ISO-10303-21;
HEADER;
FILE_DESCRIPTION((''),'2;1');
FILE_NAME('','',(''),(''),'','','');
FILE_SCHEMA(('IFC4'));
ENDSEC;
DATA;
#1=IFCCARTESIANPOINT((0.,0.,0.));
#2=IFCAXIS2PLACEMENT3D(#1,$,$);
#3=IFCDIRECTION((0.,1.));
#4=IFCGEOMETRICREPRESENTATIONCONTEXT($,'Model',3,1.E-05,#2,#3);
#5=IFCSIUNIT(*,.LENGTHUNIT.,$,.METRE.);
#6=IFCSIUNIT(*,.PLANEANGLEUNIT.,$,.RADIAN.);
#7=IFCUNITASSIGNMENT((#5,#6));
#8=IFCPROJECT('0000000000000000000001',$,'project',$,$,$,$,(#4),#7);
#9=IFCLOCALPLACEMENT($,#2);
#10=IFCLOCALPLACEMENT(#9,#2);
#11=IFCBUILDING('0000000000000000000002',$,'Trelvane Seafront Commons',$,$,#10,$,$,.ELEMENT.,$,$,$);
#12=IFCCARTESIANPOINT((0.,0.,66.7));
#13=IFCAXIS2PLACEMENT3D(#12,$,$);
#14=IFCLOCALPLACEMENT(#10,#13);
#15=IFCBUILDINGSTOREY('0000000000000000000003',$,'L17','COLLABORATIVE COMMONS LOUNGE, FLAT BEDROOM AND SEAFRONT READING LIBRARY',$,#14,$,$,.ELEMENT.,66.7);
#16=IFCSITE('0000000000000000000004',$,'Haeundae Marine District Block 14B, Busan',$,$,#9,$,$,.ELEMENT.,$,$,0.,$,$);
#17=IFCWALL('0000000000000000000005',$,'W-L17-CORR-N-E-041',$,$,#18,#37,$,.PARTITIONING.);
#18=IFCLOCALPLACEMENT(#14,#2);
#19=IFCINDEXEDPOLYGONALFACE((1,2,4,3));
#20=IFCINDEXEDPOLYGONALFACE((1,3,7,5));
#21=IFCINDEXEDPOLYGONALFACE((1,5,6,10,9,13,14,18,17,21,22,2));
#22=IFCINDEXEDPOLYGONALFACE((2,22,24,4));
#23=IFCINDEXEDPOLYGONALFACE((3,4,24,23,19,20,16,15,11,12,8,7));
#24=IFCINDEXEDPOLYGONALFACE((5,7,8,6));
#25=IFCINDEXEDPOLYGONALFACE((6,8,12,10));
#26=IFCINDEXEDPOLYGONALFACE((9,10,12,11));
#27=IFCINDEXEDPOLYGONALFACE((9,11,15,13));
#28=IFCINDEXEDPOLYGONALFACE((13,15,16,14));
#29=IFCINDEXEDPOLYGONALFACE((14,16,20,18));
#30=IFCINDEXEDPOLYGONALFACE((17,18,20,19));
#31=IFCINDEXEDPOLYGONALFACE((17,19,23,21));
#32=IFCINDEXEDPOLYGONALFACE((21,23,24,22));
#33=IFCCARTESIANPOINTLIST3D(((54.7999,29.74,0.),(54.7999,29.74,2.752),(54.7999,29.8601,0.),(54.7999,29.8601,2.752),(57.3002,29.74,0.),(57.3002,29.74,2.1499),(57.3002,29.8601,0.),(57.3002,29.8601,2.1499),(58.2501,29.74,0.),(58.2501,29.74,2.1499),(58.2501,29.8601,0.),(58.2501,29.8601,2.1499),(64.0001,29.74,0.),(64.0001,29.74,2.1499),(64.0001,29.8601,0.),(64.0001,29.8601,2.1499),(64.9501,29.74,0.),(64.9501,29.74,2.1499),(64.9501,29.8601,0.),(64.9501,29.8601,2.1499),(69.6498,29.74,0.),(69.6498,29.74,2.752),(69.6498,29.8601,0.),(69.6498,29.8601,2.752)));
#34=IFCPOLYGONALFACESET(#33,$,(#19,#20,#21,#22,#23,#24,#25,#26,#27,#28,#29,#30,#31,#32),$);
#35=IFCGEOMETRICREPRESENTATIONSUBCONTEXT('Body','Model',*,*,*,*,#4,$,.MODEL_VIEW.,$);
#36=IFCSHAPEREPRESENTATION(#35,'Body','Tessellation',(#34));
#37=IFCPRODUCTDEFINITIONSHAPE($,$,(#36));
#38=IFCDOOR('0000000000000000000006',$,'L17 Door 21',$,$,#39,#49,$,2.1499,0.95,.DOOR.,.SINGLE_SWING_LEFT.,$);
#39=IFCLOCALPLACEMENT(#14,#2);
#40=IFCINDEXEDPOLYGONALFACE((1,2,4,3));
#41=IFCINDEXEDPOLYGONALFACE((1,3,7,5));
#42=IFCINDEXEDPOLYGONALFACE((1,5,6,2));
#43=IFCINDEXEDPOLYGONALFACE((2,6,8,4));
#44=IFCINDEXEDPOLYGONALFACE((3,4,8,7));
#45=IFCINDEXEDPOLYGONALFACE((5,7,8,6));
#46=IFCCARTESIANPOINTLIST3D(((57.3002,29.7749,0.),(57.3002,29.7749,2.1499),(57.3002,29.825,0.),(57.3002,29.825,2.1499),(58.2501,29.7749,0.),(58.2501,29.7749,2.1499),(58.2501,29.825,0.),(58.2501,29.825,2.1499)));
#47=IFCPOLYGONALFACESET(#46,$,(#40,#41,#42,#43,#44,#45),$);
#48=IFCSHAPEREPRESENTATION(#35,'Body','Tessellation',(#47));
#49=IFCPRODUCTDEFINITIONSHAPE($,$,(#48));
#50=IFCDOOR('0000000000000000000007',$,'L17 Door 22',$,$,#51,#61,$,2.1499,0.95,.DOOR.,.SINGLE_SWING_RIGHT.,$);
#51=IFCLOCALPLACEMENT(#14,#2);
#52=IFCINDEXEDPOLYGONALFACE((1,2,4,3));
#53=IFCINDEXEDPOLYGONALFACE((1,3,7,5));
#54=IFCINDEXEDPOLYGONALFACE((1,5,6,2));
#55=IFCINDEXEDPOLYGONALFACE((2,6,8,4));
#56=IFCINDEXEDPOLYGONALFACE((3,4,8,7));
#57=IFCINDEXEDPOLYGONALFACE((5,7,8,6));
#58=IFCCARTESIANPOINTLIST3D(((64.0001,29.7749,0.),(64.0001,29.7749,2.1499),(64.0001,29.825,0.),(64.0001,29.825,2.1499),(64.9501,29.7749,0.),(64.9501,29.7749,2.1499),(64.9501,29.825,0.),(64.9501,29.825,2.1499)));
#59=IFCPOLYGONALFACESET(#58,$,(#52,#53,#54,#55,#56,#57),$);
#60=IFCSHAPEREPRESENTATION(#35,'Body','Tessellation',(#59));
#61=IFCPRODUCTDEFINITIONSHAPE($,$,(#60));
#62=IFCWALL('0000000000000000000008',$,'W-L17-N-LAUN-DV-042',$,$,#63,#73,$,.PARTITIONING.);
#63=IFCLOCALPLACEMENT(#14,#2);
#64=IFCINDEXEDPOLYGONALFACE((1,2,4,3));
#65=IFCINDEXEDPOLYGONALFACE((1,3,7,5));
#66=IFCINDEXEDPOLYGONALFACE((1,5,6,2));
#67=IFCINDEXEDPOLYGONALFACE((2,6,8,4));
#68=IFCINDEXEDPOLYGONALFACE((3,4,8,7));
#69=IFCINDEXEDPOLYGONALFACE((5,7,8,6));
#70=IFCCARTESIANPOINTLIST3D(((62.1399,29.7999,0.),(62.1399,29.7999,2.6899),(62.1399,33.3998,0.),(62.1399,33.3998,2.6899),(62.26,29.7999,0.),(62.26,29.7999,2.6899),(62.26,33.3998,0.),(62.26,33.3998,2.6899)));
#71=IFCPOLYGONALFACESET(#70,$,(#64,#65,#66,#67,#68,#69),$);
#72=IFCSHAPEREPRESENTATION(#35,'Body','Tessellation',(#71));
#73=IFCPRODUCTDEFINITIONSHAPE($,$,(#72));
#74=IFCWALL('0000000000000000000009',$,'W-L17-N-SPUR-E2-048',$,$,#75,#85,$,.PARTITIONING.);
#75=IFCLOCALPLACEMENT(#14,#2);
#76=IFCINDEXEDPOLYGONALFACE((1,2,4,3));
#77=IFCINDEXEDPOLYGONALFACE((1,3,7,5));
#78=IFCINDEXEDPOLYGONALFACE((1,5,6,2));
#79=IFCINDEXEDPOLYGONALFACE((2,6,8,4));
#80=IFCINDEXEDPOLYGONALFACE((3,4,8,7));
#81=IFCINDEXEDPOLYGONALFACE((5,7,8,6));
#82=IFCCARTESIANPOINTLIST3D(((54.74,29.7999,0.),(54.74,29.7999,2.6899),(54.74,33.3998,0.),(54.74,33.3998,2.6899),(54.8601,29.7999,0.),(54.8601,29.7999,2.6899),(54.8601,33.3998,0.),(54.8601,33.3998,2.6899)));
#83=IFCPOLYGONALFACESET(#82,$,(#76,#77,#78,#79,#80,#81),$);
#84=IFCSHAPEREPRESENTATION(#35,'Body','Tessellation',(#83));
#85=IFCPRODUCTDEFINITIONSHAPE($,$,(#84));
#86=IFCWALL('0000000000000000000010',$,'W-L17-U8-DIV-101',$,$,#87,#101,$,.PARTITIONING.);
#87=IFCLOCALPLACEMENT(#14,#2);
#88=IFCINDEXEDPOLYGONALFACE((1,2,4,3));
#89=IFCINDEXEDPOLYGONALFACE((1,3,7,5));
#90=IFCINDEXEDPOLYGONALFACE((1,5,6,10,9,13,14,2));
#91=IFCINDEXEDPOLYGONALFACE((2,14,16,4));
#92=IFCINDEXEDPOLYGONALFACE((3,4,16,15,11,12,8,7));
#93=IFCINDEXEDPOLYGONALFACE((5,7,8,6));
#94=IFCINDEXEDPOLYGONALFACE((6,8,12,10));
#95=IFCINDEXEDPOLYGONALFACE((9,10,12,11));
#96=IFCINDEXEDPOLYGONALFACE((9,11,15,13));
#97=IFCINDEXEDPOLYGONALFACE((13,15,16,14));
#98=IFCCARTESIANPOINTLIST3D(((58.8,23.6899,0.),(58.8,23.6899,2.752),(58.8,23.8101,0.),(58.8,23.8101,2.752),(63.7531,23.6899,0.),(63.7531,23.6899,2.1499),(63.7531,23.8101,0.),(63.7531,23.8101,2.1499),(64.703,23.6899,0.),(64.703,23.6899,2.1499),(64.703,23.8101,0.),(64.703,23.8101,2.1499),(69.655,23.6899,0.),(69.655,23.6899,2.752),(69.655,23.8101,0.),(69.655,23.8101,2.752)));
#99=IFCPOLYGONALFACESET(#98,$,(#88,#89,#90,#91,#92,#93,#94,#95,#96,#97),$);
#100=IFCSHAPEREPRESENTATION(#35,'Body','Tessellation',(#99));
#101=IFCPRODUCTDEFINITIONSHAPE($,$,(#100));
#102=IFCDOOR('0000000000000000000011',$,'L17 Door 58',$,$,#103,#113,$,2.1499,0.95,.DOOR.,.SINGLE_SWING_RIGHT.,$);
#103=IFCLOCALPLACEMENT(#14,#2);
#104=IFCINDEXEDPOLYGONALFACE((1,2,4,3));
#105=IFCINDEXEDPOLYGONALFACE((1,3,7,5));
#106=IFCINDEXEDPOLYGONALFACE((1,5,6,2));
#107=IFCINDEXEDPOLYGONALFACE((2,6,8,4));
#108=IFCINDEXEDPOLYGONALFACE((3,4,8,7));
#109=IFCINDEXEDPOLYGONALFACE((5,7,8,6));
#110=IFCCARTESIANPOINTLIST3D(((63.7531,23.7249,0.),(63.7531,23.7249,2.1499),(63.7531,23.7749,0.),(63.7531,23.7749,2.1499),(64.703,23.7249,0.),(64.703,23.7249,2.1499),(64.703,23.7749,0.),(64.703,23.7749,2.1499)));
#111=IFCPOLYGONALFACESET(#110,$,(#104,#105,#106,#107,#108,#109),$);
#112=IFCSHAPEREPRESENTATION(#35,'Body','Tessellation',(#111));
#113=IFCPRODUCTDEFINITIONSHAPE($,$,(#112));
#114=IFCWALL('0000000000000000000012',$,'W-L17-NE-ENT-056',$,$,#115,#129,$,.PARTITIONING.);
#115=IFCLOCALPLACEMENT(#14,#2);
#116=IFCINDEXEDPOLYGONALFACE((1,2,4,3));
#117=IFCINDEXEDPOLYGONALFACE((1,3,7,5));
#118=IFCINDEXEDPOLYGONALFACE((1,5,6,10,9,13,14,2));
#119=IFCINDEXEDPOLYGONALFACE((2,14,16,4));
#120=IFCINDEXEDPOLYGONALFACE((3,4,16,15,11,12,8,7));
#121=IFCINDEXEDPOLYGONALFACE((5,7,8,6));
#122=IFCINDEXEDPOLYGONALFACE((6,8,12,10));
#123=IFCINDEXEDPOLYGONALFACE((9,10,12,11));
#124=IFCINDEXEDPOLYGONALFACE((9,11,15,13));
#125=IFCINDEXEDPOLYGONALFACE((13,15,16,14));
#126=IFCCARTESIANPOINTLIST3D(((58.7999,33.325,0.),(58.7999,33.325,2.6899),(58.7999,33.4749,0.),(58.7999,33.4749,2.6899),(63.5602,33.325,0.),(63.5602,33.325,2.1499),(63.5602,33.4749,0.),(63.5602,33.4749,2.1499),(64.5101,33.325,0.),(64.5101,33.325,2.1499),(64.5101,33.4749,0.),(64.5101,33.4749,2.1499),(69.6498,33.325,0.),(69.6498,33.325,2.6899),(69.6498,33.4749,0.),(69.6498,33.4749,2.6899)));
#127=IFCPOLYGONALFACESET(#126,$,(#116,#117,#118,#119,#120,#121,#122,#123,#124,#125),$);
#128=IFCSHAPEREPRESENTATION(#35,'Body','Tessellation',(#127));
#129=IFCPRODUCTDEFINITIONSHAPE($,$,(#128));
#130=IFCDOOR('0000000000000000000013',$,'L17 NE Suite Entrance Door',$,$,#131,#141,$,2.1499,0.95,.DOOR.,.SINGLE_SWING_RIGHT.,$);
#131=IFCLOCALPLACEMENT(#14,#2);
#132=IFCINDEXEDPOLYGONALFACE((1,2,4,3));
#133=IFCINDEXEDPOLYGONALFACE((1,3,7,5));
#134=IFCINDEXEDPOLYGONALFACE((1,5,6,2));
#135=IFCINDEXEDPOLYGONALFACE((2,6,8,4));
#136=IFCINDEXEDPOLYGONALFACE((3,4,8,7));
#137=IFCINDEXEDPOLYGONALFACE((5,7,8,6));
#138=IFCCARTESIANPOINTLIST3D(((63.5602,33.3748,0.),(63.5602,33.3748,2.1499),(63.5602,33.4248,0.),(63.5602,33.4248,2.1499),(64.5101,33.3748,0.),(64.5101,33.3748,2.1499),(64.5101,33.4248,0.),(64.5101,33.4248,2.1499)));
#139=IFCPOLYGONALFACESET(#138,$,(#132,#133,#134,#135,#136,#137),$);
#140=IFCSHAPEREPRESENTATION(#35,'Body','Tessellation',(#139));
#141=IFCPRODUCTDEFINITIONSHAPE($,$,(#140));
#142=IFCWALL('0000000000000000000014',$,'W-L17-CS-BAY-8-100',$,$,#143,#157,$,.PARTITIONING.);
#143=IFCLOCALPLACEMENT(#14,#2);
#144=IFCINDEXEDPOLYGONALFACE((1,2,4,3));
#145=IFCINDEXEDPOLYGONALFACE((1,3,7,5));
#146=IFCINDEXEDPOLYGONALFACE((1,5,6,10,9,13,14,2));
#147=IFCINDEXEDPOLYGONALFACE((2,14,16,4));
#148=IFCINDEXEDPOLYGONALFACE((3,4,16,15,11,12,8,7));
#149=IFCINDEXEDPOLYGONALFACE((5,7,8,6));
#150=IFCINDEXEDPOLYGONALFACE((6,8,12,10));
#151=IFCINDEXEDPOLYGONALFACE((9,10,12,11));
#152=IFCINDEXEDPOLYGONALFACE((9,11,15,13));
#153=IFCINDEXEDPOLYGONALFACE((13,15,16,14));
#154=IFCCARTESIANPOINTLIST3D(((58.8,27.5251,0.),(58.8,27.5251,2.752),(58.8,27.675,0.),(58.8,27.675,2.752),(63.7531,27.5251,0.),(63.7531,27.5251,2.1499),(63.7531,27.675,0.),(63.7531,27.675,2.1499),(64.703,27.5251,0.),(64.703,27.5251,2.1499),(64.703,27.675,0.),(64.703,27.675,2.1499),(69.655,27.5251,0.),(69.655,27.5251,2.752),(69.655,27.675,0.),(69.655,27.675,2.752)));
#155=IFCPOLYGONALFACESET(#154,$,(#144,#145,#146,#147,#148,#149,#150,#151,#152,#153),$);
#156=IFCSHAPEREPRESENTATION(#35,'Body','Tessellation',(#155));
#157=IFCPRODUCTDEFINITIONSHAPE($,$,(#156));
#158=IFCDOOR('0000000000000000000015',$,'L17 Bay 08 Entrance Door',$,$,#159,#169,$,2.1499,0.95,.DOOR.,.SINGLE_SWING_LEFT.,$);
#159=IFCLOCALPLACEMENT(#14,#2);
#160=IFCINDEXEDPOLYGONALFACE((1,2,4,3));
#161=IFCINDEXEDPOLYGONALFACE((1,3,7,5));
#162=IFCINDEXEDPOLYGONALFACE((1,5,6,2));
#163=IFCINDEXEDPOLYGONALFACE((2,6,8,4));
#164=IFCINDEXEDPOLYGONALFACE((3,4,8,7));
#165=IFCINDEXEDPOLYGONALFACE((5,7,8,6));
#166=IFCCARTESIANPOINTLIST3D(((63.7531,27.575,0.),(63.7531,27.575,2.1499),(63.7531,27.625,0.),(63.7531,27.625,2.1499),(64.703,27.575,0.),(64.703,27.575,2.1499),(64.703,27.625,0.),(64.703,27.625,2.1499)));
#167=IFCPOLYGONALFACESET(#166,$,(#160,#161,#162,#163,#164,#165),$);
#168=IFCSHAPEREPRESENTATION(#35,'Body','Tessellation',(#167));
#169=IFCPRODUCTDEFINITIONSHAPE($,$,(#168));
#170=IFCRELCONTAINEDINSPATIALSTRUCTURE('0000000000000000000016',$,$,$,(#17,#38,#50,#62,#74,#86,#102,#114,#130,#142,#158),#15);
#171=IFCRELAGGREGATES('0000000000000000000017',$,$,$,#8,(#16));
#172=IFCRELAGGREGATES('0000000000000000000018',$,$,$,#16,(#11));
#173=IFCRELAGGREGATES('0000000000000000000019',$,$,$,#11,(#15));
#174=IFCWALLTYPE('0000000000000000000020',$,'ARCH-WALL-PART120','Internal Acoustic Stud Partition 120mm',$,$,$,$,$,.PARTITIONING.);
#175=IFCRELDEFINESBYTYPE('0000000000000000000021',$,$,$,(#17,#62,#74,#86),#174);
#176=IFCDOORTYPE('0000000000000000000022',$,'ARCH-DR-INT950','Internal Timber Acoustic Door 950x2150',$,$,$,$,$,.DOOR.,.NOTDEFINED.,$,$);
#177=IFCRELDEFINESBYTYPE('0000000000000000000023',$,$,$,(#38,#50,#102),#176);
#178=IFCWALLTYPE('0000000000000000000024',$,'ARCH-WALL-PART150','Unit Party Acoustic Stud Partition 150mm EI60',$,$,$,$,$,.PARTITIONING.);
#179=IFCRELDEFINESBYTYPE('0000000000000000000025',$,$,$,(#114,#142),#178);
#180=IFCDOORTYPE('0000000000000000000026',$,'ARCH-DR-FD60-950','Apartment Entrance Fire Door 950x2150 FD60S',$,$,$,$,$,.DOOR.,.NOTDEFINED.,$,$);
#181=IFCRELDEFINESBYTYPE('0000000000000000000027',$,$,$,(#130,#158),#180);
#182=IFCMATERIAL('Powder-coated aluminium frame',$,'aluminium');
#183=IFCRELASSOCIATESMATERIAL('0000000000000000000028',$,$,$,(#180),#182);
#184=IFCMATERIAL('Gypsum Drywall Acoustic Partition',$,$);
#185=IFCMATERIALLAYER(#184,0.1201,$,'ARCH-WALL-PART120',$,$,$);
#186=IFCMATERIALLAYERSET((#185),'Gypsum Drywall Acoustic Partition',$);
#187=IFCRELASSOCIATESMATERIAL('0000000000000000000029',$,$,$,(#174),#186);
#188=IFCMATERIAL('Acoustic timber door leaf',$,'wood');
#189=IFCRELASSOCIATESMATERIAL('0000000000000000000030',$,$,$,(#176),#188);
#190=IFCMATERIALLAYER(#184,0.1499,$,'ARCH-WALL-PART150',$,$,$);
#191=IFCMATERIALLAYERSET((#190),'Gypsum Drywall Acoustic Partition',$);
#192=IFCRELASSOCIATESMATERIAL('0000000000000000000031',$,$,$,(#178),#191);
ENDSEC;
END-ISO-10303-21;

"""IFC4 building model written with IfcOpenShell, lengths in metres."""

from ifc_helpers import new_model, si_unit, direction, frame, frame_2d, origin, place, context, subcontext, project, spatial, rectangle, extrude, source, transform, mapped, material, layer, layer_set, type_object, element, fill, save


model = new_model("IFC4")

# Units and contexts
model_context = context("Model", 3, precision=1e-05, world=origin(), true_north=direction((0.0, 1.0)))
body_context = subcontext(model_context, "Body", "Model", "MODEL_VIEW")
ifc_project = project(units=[si_unit("LENGTHUNIT", "METRE"), si_unit("PLANEANGLEUNIT", "RADIAN")], contexts=[model_context])

# Site, building, storey
site_placement = place(None, origin())
site = spatial("IfcSite", under=ifc_project, at=site_placement, Name="Haeundae Marine District Block 14B, Busan", CompositionType="ELEMENT", RefElevation=0.0)
building_placement = place(site_placement, origin())
building = spatial("IfcBuilding", under=site, at=building_placement, Name="Trelvane Seafront Commons", CompositionType="ELEMENT")
storey_placement = place(building_placement, frame((0.0, 0.0, 66.7)))
storey = spatial("IfcBuildingStorey", under=building, at=storey_placement, Name="L17", Description="COLLABORATIVE COMMONS LOUNGE, FLAT BEDROOM AND SEAFRONT READING LIBRARY", CompositionType="ELEMENT", Elevation=66.7)

# Shared definitions
ifc_material_1 = material(Name="Powder-coated aluminium frame", Category="aluminium")
door_type_1 = type_object("IfcDoorType", Name="ARCH-DR-FD60-950", Description="Apartment Entrance Fire Door 950x2150 FD60S", OperationType="NOTDEFINED", PredefinedType="DOOR", material=ifc_material_1)
shared_shape_1 = source(origin(), body_context, "Body", "SweptSolid", [
    extrude(rectangle(XDim=0.95, YDim=2.1499, at=frame_2d((0.4751, 1.075))), frame((0.0, 0.0249, 0.0), z_axis=(0.0, -1.0, 0.0), x_axis=(1.0, 0.0, 0.0)), (0.0, 0.0, 1.0), 0.05),
])

# Wall, openings, doors
ifc_material_2 = material(Name="Gypsum Drywall Acoustic Partition")
ifc_layer_1 = layer(ifc_material_2, 0.1201, Name="ARCH-WALL-PART120")
ifc_layer_set_1 = layer_set([ifc_layer_1], Name="Gypsum Drywall Acoustic Partition")
wall_type_1 = type_object("IfcWallType", Name="ARCH-WALL-PART120", Description="Internal Acoustic Stud Partition 120mm", PredefinedType="PARTITIONING", material=ifc_layer_set_1)
wall_1_placement = place(storey_placement, frame((54.8, 29.8, 0.0), z_axis=(0.0, 0.0, 1.0), x_axis=(1.0, 0.0, 0.0)))
wall_1 = element("IfcWall", 1, at=wall_1_placement, inside=storey, type_object=wall_type_1, Name="W-L17-CORR-N-E-041", PredefinedType="PARTITIONING", context=body_context, shape_type="SweptSolid", body=[
    extrude(rectangle(XDim=14.8499, YDim=0.1201, at=frame_2d((7.4248, 0.0))), origin(), (0.0, 0.0, 1.0), 2.752),
])
opening_1_placement = place(wall_1_placement, frame((2.5, 0.0, 0.0)))
opening_1 = element("IfcOpeningElement", 2, at=opening_1_placement, cuts=wall_1, PredefinedType="OPENING", context=body_context, shape_type="SweptSolid", body=[
    extrude(rectangle(XDim=0.95, YDim=2.1499, at=frame_2d((0.4751, 1.075))), frame((0.0, 0.0701, 0.0), z_axis=(0.0, -1.0, 0.0), x_axis=(1.0, 0.0, 0.0)), (0.0, 0.0, 1.0), 0.1401),
])
opening_2_placement = place(wall_1_placement, frame((9.2, 0.0, 0.0)))
opening_2 = element("IfcOpeningElement", 3, at=opening_2_placement, cuts=wall_1, PredefinedType="OPENING", context=body_context, shape_type="SweptSolid", body=[
    extrude(rectangle(XDim=0.95, YDim=2.1499, at=frame_2d((0.4751, 1.075))), frame((0.0, 0.0701, 0.0), z_axis=(0.0, -1.0, 0.0), x_axis=(1.0, 0.0, 0.0)), (0.0, 0.0, 1.0), 0.1401),
])
ifc_material_3 = material(Name="Acoustic timber door leaf", Category="wood")
door_type_2 = type_object("IfcDoorType", Name="ARCH-DR-INT950", Description="Internal Timber Acoustic Door 950x2150", OperationType="NOTDEFINED", PredefinedType="DOOR", material=ifc_material_3)
door_1_placement = place(opening_1_placement, origin())
door_1 = element("IfcDoor", 4, at=door_1_placement, inside=storey, type_object=door_type_2, Name="L17 Door 21", OperationType="SINGLE_SWING_LEFT", OverallHeight=2.1499, OverallWidth=0.95, PredefinedType="DOOR", context=body_context, shape_type="MappedRepresentation", body=[
    mapped(shared_shape_1, transform((0.0, 0.0, 0.0), x_axis=(1.0, 0.0, 0.0), y_axis=(0.0, 1.0, 0.0), z_axis=(0.0, 0.0, 1.0), scale=1.0)),
])
fill(opening_1, door_1)
door_2_placement = place(opening_2_placement, origin())
door_2 = element("IfcDoor", 5, at=door_2_placement, inside=storey, type_object=door_type_2, Name="L17 Door 22", OperationType="SINGLE_SWING_RIGHT", OverallHeight=2.1499, OverallWidth=0.95, PredefinedType="DOOR", context=body_context, shape_type="MappedRepresentation", body=[
    mapped(shared_shape_1, transform((0.0, 0.0, 0.0), x_axis=(1.0, 0.0, 0.0), y_axis=(0.0, 1.0, 0.0), z_axis=(0.0, 0.0, 1.0), scale=1.0)),
])
fill(opening_2, door_2)

# Walls
for number, where, z_axis, x_axis, name in (
    (6, (62.2, 29.8, 0.0), (0.0, 0.0, 1.0), (0.0, 1.0, 0.0), "W-L17-N-LAUN-DV-042"),
    (7, (54.8, 29.8, 0.0), (0.0, 0.0, 1.0), (0.0, 1.0, 0.0), "W-L17-N-SPUR-E2-048"),
):
    element("IfcWall", number, at=place(storey_placement, frame(where, z_axis=z_axis, x_axis=x_axis)), inside=storey, type_object=wall_type_1, Name=name, PredefinedType="PARTITIONING", context=body_context, shape_type="SweptSolid", body=[
        extrude(rectangle(XDim=3.5999, YDim=0.1201, at=frame_2d((1.7998, 0.0))), origin(), (0.0, 0.0, 1.0), 2.6899),
    ])

# Walls, openings, doors
wall_2_placement = place(storey_placement, frame((58.8, 23.75, 0.0), z_axis=(0.0, 0.0, 1.0), x_axis=(1.0, 0.0, 0.0)))
wall_2 = element("IfcWall", 8, at=wall_2_placement, inside=storey, type_object=wall_type_1, Name="W-L17-U8-DIV-101", PredefinedType="PARTITIONING", context=body_context, shape_type="SweptSolid", body=[
    extrude(rectangle(XDim=10.855, YDim=0.1201, at=frame_2d((5.4275, 0.0))), origin(), (0.0, 0.0, 1.0), 2.752),
])
opening_3_placement = place(wall_2_placement, frame((4.9529, 0.0, 0.0)))
opening_3 = element("IfcOpeningElement", 9, at=opening_3_placement, cuts=wall_2, PredefinedType="OPENING", context=body_context, shape_type="SweptSolid", body=[
    extrude(rectangle(XDim=0.95, YDim=2.1499, at=frame_2d((0.4751, 1.075))), frame((0.0, 0.0701, 0.0), z_axis=(0.0, -1.0, 0.0), x_axis=(1.0, 0.0, 0.0)), (0.0, 0.0, 1.0), 0.1401),
])
door_3_placement = place(opening_3_placement, origin())
door_3 = element("IfcDoor", 10, at=door_3_placement, inside=storey, type_object=door_type_2, Name="L17 Door 58", OperationType="SINGLE_SWING_RIGHT", OverallHeight=2.1499, OverallWidth=0.95, PredefinedType="DOOR", context=body_context, shape_type="MappedRepresentation", body=[
    mapped(shared_shape_1, transform((0.0, 0.0, 0.0), x_axis=(1.0, 0.0, 0.0), y_axis=(0.0, 1.0, 0.0), z_axis=(0.0, 0.0, 1.0), scale=1.0)),
])
fill(opening_3, door_3)
ifc_layer_2 = layer(ifc_material_2, 0.1499, Name="ARCH-WALL-PART150")
ifc_layer_set_2 = layer_set([ifc_layer_2], Name="Gypsum Drywall Acoustic Partition")
wall_type_2 = type_object("IfcWallType", Name="ARCH-WALL-PART150", Description="Unit Party Acoustic Stud Partition 150mm EI60", PredefinedType="PARTITIONING", material=ifc_layer_set_2)
wall_3_placement = place(storey_placement, frame((58.8, 33.3999, 0.0), z_axis=(0.0, 0.0, 1.0), x_axis=(1.0, 0.0, 0.0)))
wall_3 = element("IfcWall", 11, at=wall_3_placement, inside=storey, type_object=wall_type_2, Name="W-L17-NE-ENT-056", PredefinedType="PARTITIONING", context=body_context, shape_type="SweptSolid", body=[
    extrude(rectangle(XDim=10.8499, YDim=0.1499, at=frame_2d((5.4248, 0.0))), origin(), (0.0, 0.0, 1.0), 2.6899),
])
opening_4_placement = place(wall_3_placement, frame((4.76, 0.0, 0.0)))
opening_4 = element("IfcOpeningElement", 12, at=opening_4_placement, cuts=wall_3, PredefinedType="OPENING", context=body_context, shape_type="SweptSolid", body=[
    extrude(rectangle(XDim=0.95, YDim=2.1499, at=frame_2d((0.4751, 1.075))), frame((0.0, 0.085, 0.0), z_axis=(0.0, -1.0, 0.0), x_axis=(1.0, 0.0, 0.0)), (0.0, 0.0, 1.0), 0.1699),
])
door_4_placement = place(opening_4_placement, origin())
door_4 = element("IfcDoor", 13, at=door_4_placement, inside=storey, type_object=door_type_1, Name="L17 NE Suite Entrance Door", OperationType="SINGLE_SWING_RIGHT", OverallHeight=2.1499, OverallWidth=0.95, PredefinedType="DOOR", context=body_context, shape_type="MappedRepresentation", body=[
    mapped(shared_shape_1, transform((0.0, 0.0, 0.0), x_axis=(1.0, 0.0, 0.0), y_axis=(0.0, 1.0, 0.0), z_axis=(0.0, 0.0, 1.0), scale=1.0)),
])
fill(opening_4, door_4)
wall_4_placement = place(storey_placement, frame((58.8, 27.6001, 0.0), z_axis=(0.0, 0.0, 1.0), x_axis=(1.0, 0.0, 0.0)))
wall_4 = element("IfcWall", 14, at=wall_4_placement, inside=storey, type_object=wall_type_2, Name="W-L17-CS-BAY-8-100", PredefinedType="PARTITIONING", context=body_context, shape_type="SweptSolid", body=[
    extrude(rectangle(XDim=10.855, YDim=0.1499, at=frame_2d((5.4275, 0.0))), origin(), (0.0, 0.0, 1.0), 2.752),
])
opening_5_placement = place(wall_4_placement, frame((4.9529, 0.0, 0.0)))
opening_5 = element("IfcOpeningElement", 15, at=opening_5_placement, cuts=wall_4, PredefinedType="OPENING", context=body_context, shape_type="SweptSolid", body=[
    extrude(rectangle(XDim=0.95, YDim=2.1499, at=frame_2d((0.4751, 1.075))), frame((0.0, 0.085, 0.0), z_axis=(0.0, -1.0, 0.0), x_axis=(1.0, 0.0, 0.0)), (0.0, 0.0, 1.0), 0.1699),
])
door_5_placement = place(opening_5_placement, origin())
door_5 = element("IfcDoor", 16, at=door_5_placement, inside=storey, type_object=door_type_1, Name="L17 Bay 08 Entrance Door", OperationType="SINGLE_SWING_LEFT", OverallHeight=2.1499, OverallWidth=0.95, PredefinedType="DOOR", context=body_context, shape_type="MappedRepresentation", body=[
    mapped(shared_shape_1, transform((0.0, 0.0, 0.0), x_axis=(1.0, 0.0, 0.0), y_axis=(0.0, 1.0, 0.0), z_axis=(0.0, 0.0, 1.0), scale=1.0)),
])
fill(opening_5, door_5)

save(model, "model.ifc")
